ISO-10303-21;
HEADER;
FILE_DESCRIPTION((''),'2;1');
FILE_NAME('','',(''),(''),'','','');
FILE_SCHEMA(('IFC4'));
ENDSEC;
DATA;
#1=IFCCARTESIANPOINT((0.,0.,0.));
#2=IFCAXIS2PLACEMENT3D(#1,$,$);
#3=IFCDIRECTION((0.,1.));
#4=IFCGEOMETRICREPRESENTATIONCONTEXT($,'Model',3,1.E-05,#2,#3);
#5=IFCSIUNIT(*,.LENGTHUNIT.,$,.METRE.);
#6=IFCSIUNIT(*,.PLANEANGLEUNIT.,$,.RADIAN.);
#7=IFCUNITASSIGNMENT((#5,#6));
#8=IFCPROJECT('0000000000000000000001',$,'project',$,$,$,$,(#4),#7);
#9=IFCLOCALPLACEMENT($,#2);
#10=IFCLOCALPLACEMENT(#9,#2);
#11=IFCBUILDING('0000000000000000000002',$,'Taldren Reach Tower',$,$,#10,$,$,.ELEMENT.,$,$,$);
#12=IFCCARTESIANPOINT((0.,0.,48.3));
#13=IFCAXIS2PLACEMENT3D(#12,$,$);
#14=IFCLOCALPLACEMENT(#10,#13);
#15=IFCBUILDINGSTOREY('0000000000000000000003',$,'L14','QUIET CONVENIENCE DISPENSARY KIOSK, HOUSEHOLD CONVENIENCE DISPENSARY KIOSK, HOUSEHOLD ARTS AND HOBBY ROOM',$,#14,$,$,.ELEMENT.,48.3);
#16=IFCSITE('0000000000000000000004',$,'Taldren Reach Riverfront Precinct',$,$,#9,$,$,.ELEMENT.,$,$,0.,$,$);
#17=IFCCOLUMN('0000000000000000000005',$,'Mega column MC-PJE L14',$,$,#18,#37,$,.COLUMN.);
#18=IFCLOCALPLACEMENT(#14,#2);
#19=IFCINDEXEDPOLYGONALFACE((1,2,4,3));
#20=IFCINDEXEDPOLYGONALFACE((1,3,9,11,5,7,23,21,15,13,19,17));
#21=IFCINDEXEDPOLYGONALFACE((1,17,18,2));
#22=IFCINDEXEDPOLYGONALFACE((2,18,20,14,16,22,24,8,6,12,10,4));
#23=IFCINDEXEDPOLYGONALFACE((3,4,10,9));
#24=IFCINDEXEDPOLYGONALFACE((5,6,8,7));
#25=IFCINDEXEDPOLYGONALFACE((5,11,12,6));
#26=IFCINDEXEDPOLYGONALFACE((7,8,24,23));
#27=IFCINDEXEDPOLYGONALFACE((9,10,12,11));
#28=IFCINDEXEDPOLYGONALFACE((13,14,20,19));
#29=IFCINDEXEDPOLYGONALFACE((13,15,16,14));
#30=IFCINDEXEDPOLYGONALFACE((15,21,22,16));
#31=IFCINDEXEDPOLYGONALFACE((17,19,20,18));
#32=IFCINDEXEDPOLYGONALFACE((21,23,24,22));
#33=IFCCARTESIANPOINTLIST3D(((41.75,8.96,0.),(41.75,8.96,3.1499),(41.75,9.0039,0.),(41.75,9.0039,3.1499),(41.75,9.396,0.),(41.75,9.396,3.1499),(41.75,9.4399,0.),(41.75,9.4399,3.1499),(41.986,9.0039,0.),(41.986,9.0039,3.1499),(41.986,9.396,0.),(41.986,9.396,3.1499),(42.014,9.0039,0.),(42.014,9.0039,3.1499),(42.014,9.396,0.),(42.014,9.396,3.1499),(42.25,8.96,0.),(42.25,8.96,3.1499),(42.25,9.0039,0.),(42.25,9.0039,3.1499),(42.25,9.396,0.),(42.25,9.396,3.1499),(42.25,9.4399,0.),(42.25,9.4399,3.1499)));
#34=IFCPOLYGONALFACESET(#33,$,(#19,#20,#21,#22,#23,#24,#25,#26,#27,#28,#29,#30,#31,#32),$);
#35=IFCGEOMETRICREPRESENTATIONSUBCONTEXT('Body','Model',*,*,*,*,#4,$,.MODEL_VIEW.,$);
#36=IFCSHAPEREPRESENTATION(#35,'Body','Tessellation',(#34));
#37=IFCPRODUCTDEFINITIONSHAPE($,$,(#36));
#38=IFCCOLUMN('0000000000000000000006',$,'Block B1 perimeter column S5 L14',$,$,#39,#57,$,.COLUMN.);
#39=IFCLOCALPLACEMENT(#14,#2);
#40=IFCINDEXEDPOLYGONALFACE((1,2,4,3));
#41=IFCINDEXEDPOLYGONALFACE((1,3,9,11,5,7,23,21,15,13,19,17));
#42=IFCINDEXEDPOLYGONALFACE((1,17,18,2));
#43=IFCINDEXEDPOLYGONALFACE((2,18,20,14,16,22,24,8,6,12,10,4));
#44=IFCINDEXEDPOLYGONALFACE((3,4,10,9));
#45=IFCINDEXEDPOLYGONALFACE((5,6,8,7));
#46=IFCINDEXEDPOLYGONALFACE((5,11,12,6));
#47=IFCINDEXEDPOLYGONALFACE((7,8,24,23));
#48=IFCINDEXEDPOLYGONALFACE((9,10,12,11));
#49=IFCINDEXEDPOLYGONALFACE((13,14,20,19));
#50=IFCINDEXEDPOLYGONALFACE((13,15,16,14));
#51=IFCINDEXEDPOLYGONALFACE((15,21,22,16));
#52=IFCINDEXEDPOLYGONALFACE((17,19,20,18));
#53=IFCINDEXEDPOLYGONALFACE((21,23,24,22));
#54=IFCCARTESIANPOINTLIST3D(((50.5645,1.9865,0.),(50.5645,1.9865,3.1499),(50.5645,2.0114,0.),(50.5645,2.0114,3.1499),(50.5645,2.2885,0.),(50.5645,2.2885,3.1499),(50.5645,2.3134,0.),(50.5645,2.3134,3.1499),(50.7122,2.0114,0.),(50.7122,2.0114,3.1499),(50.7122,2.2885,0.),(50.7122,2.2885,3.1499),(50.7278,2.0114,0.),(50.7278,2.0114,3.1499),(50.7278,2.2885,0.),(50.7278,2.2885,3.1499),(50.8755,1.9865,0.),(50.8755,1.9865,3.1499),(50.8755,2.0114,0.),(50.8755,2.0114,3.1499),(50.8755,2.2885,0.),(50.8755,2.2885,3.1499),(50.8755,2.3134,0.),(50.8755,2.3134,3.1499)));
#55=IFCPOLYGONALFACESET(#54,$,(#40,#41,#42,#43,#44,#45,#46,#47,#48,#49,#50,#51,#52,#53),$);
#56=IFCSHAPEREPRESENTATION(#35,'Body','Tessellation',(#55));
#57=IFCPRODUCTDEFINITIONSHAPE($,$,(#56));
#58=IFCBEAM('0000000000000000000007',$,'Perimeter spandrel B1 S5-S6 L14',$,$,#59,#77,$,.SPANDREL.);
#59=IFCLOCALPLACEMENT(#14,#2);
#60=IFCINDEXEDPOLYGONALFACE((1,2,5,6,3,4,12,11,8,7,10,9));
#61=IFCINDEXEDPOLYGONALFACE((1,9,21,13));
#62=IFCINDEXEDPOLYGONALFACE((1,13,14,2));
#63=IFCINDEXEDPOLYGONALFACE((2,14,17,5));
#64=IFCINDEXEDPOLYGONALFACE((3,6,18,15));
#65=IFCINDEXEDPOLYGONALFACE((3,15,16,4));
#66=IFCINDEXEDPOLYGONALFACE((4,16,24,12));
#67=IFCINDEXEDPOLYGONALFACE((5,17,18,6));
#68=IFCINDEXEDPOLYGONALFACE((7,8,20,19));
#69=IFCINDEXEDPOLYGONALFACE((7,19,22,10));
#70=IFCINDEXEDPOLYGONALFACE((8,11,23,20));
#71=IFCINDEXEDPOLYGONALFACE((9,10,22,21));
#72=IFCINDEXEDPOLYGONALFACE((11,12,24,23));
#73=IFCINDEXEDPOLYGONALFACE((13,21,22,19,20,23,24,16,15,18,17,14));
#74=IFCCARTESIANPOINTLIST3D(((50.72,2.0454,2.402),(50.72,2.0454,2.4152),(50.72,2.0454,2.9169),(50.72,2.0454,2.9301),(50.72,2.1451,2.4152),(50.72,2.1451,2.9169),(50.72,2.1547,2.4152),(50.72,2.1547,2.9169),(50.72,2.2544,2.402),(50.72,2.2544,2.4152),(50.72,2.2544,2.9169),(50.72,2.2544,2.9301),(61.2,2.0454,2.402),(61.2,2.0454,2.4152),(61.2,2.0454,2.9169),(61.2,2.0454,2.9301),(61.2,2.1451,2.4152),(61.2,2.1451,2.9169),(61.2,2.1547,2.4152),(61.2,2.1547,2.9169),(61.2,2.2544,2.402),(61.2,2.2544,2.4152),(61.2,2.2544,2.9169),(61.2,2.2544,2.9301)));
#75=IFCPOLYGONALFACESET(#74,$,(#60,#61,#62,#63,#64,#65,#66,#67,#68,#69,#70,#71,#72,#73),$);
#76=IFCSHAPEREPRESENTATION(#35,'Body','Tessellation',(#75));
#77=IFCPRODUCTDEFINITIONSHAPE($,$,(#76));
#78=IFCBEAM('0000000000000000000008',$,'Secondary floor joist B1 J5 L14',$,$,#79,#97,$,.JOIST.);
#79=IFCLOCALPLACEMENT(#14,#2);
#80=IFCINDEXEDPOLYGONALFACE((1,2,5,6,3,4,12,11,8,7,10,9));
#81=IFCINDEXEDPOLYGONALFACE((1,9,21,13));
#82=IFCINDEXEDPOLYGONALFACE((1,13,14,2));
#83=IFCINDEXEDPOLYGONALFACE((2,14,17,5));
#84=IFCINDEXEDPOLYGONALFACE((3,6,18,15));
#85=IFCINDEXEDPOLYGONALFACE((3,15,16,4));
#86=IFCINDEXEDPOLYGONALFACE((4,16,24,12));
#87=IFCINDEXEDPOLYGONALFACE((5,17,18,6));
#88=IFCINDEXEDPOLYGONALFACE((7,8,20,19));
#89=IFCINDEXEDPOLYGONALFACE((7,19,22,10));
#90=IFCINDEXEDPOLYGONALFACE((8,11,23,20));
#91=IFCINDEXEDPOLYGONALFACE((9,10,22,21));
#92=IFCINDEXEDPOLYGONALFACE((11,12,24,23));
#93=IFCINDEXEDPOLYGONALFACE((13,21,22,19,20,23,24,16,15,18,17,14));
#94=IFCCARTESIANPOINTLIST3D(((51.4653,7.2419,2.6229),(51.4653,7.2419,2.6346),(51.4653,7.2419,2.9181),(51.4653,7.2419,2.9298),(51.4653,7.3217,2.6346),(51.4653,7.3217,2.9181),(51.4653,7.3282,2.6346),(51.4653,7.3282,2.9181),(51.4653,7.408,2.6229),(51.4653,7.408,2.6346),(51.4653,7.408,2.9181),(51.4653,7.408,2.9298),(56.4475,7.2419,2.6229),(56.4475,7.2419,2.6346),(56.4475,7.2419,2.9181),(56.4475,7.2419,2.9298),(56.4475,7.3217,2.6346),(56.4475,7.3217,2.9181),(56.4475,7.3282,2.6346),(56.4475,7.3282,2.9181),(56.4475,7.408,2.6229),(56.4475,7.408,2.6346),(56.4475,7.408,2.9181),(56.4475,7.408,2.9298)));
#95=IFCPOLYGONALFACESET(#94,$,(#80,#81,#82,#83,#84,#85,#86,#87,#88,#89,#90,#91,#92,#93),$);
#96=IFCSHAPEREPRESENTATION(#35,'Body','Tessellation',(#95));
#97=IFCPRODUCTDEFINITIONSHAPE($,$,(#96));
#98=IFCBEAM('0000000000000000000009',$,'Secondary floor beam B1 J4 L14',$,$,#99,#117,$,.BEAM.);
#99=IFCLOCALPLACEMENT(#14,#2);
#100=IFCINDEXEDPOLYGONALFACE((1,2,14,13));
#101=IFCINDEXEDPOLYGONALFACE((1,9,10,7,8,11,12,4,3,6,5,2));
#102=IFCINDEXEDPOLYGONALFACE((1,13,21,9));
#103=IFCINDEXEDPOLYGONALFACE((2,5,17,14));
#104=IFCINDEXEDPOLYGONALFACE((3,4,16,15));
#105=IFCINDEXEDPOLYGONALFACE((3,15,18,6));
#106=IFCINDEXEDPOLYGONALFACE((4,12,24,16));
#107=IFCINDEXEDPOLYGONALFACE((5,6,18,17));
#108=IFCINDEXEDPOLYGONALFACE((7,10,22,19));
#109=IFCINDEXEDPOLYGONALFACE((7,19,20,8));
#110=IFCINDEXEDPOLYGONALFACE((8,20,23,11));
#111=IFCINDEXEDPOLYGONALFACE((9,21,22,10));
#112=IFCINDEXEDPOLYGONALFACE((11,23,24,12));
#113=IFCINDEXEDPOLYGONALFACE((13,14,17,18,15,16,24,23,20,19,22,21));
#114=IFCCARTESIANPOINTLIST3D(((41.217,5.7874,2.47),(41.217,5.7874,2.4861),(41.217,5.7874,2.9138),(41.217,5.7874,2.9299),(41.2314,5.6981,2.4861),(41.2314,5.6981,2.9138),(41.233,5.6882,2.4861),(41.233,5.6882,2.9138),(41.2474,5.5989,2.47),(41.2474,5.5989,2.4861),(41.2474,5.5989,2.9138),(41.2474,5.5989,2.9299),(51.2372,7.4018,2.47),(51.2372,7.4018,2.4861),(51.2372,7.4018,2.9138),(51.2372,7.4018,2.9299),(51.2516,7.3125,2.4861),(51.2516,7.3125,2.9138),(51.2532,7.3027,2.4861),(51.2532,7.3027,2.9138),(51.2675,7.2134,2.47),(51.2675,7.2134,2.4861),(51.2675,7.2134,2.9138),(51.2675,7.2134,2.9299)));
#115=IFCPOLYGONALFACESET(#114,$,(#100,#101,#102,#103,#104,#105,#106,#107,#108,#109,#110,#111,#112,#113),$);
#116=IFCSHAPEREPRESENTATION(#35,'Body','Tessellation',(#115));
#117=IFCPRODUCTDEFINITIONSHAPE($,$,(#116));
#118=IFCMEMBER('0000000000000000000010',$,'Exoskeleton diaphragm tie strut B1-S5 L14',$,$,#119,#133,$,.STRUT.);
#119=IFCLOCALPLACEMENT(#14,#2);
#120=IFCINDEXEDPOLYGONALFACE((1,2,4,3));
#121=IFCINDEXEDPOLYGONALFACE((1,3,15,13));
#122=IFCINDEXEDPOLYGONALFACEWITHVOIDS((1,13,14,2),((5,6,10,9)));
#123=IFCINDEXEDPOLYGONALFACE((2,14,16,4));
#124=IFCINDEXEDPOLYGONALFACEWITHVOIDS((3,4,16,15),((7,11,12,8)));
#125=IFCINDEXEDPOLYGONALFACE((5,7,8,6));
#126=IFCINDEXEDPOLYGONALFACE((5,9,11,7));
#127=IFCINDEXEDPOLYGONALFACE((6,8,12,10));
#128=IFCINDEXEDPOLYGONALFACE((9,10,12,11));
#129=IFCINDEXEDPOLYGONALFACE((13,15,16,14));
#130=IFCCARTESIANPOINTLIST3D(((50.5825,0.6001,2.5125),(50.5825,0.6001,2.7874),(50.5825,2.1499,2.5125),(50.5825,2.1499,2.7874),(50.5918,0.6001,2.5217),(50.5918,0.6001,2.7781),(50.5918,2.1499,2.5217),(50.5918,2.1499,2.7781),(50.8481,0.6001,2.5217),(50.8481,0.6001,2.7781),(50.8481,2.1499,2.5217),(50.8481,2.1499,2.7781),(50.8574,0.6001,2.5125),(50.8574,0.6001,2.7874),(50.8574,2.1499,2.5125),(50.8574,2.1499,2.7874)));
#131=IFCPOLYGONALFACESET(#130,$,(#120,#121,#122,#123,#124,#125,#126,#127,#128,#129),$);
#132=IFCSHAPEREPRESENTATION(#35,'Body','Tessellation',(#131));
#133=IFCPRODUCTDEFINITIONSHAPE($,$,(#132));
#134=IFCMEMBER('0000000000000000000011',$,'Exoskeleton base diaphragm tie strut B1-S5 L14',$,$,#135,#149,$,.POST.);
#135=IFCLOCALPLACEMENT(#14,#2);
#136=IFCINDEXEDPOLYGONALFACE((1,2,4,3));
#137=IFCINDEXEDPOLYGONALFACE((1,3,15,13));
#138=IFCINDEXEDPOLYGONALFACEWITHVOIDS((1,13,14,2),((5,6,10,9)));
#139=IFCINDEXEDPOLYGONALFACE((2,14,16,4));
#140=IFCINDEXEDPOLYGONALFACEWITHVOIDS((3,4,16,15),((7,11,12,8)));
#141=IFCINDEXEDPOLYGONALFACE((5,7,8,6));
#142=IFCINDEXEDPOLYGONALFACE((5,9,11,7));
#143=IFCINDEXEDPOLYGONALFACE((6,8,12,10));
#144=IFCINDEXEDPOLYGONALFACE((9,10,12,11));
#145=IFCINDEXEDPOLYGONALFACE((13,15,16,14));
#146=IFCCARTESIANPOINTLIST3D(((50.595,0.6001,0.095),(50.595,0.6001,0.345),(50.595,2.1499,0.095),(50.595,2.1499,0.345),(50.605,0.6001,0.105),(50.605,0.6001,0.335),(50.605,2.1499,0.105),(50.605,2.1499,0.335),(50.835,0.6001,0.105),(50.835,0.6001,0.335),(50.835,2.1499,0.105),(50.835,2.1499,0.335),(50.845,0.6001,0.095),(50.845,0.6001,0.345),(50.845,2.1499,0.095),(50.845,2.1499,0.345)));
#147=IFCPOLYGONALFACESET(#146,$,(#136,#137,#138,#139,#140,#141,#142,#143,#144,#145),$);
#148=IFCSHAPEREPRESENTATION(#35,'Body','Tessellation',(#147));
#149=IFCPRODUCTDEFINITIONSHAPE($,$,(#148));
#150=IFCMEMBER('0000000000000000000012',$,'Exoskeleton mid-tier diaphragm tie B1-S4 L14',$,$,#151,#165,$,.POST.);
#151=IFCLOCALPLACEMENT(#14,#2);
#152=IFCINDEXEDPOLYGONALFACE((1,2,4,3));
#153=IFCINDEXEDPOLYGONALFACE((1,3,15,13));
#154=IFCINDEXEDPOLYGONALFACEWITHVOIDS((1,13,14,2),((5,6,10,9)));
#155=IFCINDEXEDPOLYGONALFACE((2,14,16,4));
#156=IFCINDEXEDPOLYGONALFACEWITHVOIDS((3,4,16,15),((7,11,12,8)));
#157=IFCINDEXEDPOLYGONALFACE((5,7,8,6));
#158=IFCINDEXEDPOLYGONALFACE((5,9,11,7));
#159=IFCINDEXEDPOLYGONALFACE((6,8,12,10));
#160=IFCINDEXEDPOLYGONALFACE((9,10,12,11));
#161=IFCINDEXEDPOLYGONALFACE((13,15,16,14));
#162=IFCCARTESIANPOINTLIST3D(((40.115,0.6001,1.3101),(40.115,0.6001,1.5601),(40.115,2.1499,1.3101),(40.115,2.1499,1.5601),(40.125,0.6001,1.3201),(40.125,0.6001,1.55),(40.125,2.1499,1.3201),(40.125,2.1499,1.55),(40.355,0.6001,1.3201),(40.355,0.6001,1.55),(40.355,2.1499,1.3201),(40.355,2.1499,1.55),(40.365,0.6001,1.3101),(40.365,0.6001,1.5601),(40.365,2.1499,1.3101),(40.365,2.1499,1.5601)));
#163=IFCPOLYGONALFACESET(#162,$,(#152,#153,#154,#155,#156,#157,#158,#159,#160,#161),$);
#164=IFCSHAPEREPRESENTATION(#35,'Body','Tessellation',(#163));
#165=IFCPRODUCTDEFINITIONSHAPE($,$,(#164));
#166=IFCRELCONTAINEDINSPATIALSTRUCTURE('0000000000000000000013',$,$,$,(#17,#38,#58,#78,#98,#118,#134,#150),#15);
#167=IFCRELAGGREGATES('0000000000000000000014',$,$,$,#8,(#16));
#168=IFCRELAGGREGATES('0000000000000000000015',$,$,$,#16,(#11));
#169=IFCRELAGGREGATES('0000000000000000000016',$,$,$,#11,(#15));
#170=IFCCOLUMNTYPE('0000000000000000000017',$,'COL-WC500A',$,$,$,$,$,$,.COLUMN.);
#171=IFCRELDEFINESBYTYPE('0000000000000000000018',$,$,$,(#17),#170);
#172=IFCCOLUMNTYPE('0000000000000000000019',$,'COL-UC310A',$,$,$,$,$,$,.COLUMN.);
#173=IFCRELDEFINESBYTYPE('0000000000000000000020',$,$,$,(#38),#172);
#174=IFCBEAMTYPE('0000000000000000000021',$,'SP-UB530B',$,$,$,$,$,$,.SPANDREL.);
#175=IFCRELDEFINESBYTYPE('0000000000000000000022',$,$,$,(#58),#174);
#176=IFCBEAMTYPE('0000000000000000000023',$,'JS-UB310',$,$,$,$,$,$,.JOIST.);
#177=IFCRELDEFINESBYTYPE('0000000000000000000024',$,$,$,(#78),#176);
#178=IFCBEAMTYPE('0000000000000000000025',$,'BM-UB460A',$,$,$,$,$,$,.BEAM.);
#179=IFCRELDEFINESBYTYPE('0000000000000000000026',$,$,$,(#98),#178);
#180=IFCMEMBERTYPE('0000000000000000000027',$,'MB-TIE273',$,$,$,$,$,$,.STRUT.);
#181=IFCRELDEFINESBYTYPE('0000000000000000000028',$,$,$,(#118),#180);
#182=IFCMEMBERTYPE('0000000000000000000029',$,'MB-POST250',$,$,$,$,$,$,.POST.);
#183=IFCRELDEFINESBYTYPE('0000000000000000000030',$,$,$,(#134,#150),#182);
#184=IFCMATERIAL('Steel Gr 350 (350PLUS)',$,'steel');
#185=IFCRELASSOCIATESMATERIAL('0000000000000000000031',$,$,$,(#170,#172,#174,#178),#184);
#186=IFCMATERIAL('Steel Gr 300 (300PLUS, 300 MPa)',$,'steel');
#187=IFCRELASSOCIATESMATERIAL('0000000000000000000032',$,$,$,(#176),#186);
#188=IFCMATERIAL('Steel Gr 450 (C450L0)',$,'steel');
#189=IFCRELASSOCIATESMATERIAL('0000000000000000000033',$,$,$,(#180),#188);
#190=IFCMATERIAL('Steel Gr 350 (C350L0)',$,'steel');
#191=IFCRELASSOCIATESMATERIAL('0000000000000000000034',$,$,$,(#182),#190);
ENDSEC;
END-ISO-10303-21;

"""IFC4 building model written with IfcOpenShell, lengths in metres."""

from ifc_helpers import new_model, si_unit, direction, frame, origin, origin_2d, place, context, subcontext, project, spatial, hollow_rectangle, i_section, extrude, source, transform, mapped, material, material_profile, profile_set, type_object, element, save


model = new_model("IFC4")

# Units and contexts
model_context = context("Model", 3, precision=1e-05, world=origin(), true_north=direction((0.0, 1.0)))
body_context = subcontext(model_context, "Body", "Model", "MODEL_VIEW")
ifc_project = project(units=[si_unit("LENGTHUNIT", "METRE"), si_unit("PLANEANGLEUNIT", "RADIAN")], contexts=[model_context])

# Site, building, storey
site_placement = place(None, origin())
site = spatial("IfcSite", under=ifc_project, at=site_placement, Name="Taldren Reach Riverfront Precinct", CompositionType="ELEMENT", RefElevation=0.0)
building_placement = place(site_placement, origin())
building = spatial("IfcBuilding", under=site, at=building_placement, Name="Taldren Reach Tower", CompositionType="ELEMENT")
storey_placement = place(building_placement, frame((0.0, 0.0, 48.3)))
storey = spatial("IfcBuildingStorey", under=building, at=storey_placement, Name="L14", Description="QUIET CONVENIENCE DISPENSARY KIOSK, HOUSEHOLD CONVENIENCE DISPENSARY KIOSK, HOUSEHOLD ARTS AND HOBBY ROOM", CompositionType="ELEMENT", Elevation=48.3)

# Columns
ifc_material_1 = material(Name="Steel Gr 350 (350PLUS)", Category="steel")
ifc_material_profile_1 = material_profile(ifc_material_1, i_section(OverallWidth=0.5, OverallDepth=0.48, WebThickness=0.0281, FlangeThickness=0.0439, at=origin_2d()), Name="500WC440")
ifc_profile_set_1 = profile_set([ifc_material_profile_1], Name="Steel Gr 350 (350PLUS)")
column_type_1 = type_object("IfcColumnType", Name="COL-WC500A", PredefinedType="COLUMN", material=ifc_profile_set_1)
shared_shape_1 = source(origin(), body_context, "Body", "SweptSolid", [
    extrude(i_section(OverallWidth=0.5, OverallDepth=0.48, WebThickness=0.0281, FlangeThickness=0.0439, at=origin_2d()), origin(), (0.0, 0.0, 1.0), 3.1499),
])
column_1_placement = place(storey_placement, frame((42.0, 9.2, 0.0), z_axis=(0.0, 0.0, 1.0), x_axis=(1.0, 0.0, 0.0)))
element("IfcColumn", 1, at=column_1_placement, inside=storey, type_object=column_type_1, Name="Mega column MC-PJE L14", PredefinedType="COLUMN", context=body_context, shape_type="MappedRepresentation", body=[
    mapped(shared_shape_1, transform((0.0, 0.0, 0.0), scale=1.0)),
])
ifc_material_profile_2 = material_profile(ifc_material_1, i_section(OverallWidth=0.311, OverallDepth=0.3269, WebThickness=0.0156, FlangeThickness=0.0249, at=origin_2d()), Name="310UC158")
ifc_profile_set_2 = profile_set([ifc_material_profile_2], Name="Steel Gr 350 (350PLUS)")
column_type_2 = type_object("IfcColumnType", Name="COL-UC310A", PredefinedType="COLUMN", material=ifc_profile_set_2)
shared_shape_2 = source(origin(), body_context, "Body", "SweptSolid", [
    extrude(i_section(OverallWidth=0.311, OverallDepth=0.3269, WebThickness=0.0156, FlangeThickness=0.0249, at=origin_2d()), origin(), (0.0, 0.0, 1.0), 3.1499),
])
column_2_placement = place(storey_placement, frame((50.72, 2.1499, 0.0), z_axis=(0.0, 0.0, 1.0), x_axis=(1.0, 0.0, 0.0)))
element("IfcColumn", 2, at=column_2_placement, inside=storey, type_object=column_type_2, Name="Block B1 perimeter column S5 L14", PredefinedType="COLUMN", context=body_context, shape_type="MappedRepresentation", body=[
    mapped(shared_shape_2, transform((0.0, 0.0, 0.0), scale=1.0)),
])

# Beams
ifc_material_profile_3 = material_profile(ifc_material_1, i_section(OverallWidth=0.209, OverallDepth=0.5281, WebThickness=0.0095, FlangeThickness=0.0132, at=origin_2d()), Name="530UB82.0")
ifc_profile_set_3 = profile_set([ifc_material_profile_3], Name="Steel Gr 350 (350PLUS)")
beam_type_1 = type_object("IfcBeamType", Name="SP-UB530B", PredefinedType="SPANDREL", material=ifc_profile_set_3)
shared_shape_3 = source(origin(), body_context, "Body", "SweptSolid", [
    extrude(i_section(OverallWidth=0.209, OverallDepth=0.5281, WebThickness=0.0095, FlangeThickness=0.0132, at=origin_2d()), origin(), (0.0, 0.0, 1.0), 10.48),
])
beam_1_placement = place(storey_placement, frame((50.72, 2.1499, 2.666), z_axis=(1.0, 0.0, 0.0), x_axis=(0.0, 1.0, 0.0)))
element("IfcBeam", 3, at=beam_1_placement, inside=storey, type_object=beam_type_1, Name="Perimeter spandrel B1 S5-S6 L14", PredefinedType="SPANDREL", context=body_context, shape_type="MappedRepresentation", body=[
    mapped(shared_shape_3, transform((0.0, 0.0, 0.0), scale=1.0)),
])
ifc_material_2 = material(Name="Steel Gr 300 (300PLUS, 300 MPa)", Category="steel")
ifc_material_profile_4 = material_profile(ifc_material_2, i_section(OverallWidth=0.166, OverallDepth=0.3069, WebThickness=0.0066, FlangeThickness=0.0117, at=origin_2d()), Name="310UB46.2")
ifc_profile_set_4 = profile_set([ifc_material_profile_4], Name="Steel Gr 300 (300PLUS, 300 MPa)")
beam_type_2 = type_object("IfcBeamType", Name="JS-UB310", PredefinedType="JOIST", material=ifc_profile_set_4)
shared_shape_4 = source(origin(), body_context, "Body", "SweptSolid", [
    extrude(i_section(OverallWidth=0.166, OverallDepth=0.3069, WebThickness=0.0066, FlangeThickness=0.0117, at=origin_2d()), origin(), (0.0, 0.0, 1.0), 4.9822),
])
beam_2_placement = place(storey_placement, frame((51.4653, 7.325, 2.7764), z_axis=(1.0, 0.0, 0.0), x_axis=(0.0, 1.0, 0.0)))
element("IfcBeam", 4, at=beam_2_placement, inside=storey, type_object=beam_type_2, Name="Secondary floor joist B1 J5 L14", PredefinedType="JOIST", context=body_context, shape_type="MappedRepresentation", body=[
    mapped(shared_shape_4, transform((0.0, 0.0, 0.0), scale=1.0)),
])
ifc_material_profile_5 = material_profile(ifc_material_1, i_section(OverallWidth=0.1909, OverallDepth=0.46, WebThickness=0.01, FlangeThickness=0.0161, at=origin_2d()), Name="460UB82.1")
ifc_profile_set_5 = profile_set([ifc_material_profile_5], Name="Steel Gr 350 (350PLUS)")
beam_type_3 = type_object("IfcBeamType", Name="BM-UB460A", PredefinedType="BEAM", material=ifc_profile_set_5)
shared_shape_5 = source(origin(), body_context, "Body", "SweptSolid", [
    extrude(i_section(OverallWidth=0.1909, OverallDepth=0.46, WebThickness=0.01, FlangeThickness=0.0161, at=origin_2d()), origin(), (0.0, 0.0, 1.0), 10.1494),
])
beam_3_placement = place(storey_placement, frame((41.2322, 5.6931, 2.7), z_axis=(0.987267, 0.159072, 0.0), x_axis=(-0.159072, 0.987267, 0.0)))
element("IfcBeam", 5, at=beam_3_placement, inside=storey, type_object=beam_type_3, Name="Secondary floor beam B1 J4 L14", PredefinedType="BEAM", context=body_context, shape_type="MappedRepresentation", body=[
    mapped(shared_shape_5, transform((0.0, 0.0, 0.0), scale=1.0)),
])

# Members
ifc_material_3 = material(Name="Steel Gr 450 (C450L0)", Category="steel")
ifc_material_profile_6 = material_profile(ifc_material_3, hollow_rectangle(XDim=0.2749, YDim=0.2749, WallThickness=0.0093, at=origin_2d()), Name="275x275x9.3SHS")
ifc_profile_set_6 = profile_set([ifc_material_profile_6], Name="Steel Gr 450 (C450L0)")
member_type_1 = type_object("IfcMemberType", Name="MB-TIE273", PredefinedType="STRUT", material=ifc_profile_set_6)
shared_shape_6 = source(origin(), body_context, "Body", "SweptSolid", [
    extrude(hollow_rectangle(XDim=0.2749, YDim=0.2749, WallThickness=0.0093, at=origin_2d()), origin(), (0.0, 0.0, 1.0), 1.5498),
])
member_placement = place(storey_placement, frame((50.72, 2.1499, 2.6499), z_axis=(0.0, -1.0, 0.0), x_axis=(1.0, 0.0, 0.0)))
element("IfcMember", 6, at=member_placement, inside=storey, type_object=member_type_1, Name="Exoskeleton diaphragm tie strut B1-S5 L14", PredefinedType="STRUT", context=body_context, shape_type="MappedRepresentation", body=[
    mapped(shared_shape_6, transform((0.0, 0.0, 0.0), scale=1.0)),
])
ifc_material_4 = material(Name="Steel Gr 350 (C350L0)", Category="steel")
ifc_material_profile_7 = material_profile(ifc_material_4, hollow_rectangle(XDim=0.25, YDim=0.25, WallThickness=0.01, at=origin_2d()), Name="250x250x10.0SHS")
ifc_profile_set_7 = profile_set([ifc_material_profile_7], Name="Steel Gr 350 (C350L0)")
member_type_2 = type_object("IfcMemberType", Name="MB-POST250", PredefinedType="POST", material=ifc_profile_set_7)
shared_shape_7 = source(origin(), body_context, "Body", "SweptSolid", [
    extrude(hollow_rectangle(XDim=0.25, YDim=0.25, WallThickness=0.01, at=origin_2d()), origin(), (0.0, 0.0, 1.0), 1.5498),
])
for number, where, z_axis, x_axis, name in (
    (7, (50.72, 2.1499, 0.22), (0.0, -1.0, 0.0), (1.0, 0.0, 0.0), "Exoskeleton base diaphragm tie strut B1-S5 L14"),
    (8, (40.24, 2.1499, 1.4351), (0.0, -1.0, 0.0), (1.0, 0.0, 0.0), "Exoskeleton mid-tier diaphragm tie B1-S4 L14"),
):
    element("IfcMember", number, at=place(storey_placement, frame(where, z_axis=z_axis, x_axis=x_axis)), inside=storey, type_object=member_type_2, Name=name, PredefinedType="POST", context=body_context, shape_type="MappedRepresentation", body=[
        mapped(shared_shape_7, transform((0.0, 0.0, 0.0), scale=1.0)),
    ])

save(model, "model.ifc")
